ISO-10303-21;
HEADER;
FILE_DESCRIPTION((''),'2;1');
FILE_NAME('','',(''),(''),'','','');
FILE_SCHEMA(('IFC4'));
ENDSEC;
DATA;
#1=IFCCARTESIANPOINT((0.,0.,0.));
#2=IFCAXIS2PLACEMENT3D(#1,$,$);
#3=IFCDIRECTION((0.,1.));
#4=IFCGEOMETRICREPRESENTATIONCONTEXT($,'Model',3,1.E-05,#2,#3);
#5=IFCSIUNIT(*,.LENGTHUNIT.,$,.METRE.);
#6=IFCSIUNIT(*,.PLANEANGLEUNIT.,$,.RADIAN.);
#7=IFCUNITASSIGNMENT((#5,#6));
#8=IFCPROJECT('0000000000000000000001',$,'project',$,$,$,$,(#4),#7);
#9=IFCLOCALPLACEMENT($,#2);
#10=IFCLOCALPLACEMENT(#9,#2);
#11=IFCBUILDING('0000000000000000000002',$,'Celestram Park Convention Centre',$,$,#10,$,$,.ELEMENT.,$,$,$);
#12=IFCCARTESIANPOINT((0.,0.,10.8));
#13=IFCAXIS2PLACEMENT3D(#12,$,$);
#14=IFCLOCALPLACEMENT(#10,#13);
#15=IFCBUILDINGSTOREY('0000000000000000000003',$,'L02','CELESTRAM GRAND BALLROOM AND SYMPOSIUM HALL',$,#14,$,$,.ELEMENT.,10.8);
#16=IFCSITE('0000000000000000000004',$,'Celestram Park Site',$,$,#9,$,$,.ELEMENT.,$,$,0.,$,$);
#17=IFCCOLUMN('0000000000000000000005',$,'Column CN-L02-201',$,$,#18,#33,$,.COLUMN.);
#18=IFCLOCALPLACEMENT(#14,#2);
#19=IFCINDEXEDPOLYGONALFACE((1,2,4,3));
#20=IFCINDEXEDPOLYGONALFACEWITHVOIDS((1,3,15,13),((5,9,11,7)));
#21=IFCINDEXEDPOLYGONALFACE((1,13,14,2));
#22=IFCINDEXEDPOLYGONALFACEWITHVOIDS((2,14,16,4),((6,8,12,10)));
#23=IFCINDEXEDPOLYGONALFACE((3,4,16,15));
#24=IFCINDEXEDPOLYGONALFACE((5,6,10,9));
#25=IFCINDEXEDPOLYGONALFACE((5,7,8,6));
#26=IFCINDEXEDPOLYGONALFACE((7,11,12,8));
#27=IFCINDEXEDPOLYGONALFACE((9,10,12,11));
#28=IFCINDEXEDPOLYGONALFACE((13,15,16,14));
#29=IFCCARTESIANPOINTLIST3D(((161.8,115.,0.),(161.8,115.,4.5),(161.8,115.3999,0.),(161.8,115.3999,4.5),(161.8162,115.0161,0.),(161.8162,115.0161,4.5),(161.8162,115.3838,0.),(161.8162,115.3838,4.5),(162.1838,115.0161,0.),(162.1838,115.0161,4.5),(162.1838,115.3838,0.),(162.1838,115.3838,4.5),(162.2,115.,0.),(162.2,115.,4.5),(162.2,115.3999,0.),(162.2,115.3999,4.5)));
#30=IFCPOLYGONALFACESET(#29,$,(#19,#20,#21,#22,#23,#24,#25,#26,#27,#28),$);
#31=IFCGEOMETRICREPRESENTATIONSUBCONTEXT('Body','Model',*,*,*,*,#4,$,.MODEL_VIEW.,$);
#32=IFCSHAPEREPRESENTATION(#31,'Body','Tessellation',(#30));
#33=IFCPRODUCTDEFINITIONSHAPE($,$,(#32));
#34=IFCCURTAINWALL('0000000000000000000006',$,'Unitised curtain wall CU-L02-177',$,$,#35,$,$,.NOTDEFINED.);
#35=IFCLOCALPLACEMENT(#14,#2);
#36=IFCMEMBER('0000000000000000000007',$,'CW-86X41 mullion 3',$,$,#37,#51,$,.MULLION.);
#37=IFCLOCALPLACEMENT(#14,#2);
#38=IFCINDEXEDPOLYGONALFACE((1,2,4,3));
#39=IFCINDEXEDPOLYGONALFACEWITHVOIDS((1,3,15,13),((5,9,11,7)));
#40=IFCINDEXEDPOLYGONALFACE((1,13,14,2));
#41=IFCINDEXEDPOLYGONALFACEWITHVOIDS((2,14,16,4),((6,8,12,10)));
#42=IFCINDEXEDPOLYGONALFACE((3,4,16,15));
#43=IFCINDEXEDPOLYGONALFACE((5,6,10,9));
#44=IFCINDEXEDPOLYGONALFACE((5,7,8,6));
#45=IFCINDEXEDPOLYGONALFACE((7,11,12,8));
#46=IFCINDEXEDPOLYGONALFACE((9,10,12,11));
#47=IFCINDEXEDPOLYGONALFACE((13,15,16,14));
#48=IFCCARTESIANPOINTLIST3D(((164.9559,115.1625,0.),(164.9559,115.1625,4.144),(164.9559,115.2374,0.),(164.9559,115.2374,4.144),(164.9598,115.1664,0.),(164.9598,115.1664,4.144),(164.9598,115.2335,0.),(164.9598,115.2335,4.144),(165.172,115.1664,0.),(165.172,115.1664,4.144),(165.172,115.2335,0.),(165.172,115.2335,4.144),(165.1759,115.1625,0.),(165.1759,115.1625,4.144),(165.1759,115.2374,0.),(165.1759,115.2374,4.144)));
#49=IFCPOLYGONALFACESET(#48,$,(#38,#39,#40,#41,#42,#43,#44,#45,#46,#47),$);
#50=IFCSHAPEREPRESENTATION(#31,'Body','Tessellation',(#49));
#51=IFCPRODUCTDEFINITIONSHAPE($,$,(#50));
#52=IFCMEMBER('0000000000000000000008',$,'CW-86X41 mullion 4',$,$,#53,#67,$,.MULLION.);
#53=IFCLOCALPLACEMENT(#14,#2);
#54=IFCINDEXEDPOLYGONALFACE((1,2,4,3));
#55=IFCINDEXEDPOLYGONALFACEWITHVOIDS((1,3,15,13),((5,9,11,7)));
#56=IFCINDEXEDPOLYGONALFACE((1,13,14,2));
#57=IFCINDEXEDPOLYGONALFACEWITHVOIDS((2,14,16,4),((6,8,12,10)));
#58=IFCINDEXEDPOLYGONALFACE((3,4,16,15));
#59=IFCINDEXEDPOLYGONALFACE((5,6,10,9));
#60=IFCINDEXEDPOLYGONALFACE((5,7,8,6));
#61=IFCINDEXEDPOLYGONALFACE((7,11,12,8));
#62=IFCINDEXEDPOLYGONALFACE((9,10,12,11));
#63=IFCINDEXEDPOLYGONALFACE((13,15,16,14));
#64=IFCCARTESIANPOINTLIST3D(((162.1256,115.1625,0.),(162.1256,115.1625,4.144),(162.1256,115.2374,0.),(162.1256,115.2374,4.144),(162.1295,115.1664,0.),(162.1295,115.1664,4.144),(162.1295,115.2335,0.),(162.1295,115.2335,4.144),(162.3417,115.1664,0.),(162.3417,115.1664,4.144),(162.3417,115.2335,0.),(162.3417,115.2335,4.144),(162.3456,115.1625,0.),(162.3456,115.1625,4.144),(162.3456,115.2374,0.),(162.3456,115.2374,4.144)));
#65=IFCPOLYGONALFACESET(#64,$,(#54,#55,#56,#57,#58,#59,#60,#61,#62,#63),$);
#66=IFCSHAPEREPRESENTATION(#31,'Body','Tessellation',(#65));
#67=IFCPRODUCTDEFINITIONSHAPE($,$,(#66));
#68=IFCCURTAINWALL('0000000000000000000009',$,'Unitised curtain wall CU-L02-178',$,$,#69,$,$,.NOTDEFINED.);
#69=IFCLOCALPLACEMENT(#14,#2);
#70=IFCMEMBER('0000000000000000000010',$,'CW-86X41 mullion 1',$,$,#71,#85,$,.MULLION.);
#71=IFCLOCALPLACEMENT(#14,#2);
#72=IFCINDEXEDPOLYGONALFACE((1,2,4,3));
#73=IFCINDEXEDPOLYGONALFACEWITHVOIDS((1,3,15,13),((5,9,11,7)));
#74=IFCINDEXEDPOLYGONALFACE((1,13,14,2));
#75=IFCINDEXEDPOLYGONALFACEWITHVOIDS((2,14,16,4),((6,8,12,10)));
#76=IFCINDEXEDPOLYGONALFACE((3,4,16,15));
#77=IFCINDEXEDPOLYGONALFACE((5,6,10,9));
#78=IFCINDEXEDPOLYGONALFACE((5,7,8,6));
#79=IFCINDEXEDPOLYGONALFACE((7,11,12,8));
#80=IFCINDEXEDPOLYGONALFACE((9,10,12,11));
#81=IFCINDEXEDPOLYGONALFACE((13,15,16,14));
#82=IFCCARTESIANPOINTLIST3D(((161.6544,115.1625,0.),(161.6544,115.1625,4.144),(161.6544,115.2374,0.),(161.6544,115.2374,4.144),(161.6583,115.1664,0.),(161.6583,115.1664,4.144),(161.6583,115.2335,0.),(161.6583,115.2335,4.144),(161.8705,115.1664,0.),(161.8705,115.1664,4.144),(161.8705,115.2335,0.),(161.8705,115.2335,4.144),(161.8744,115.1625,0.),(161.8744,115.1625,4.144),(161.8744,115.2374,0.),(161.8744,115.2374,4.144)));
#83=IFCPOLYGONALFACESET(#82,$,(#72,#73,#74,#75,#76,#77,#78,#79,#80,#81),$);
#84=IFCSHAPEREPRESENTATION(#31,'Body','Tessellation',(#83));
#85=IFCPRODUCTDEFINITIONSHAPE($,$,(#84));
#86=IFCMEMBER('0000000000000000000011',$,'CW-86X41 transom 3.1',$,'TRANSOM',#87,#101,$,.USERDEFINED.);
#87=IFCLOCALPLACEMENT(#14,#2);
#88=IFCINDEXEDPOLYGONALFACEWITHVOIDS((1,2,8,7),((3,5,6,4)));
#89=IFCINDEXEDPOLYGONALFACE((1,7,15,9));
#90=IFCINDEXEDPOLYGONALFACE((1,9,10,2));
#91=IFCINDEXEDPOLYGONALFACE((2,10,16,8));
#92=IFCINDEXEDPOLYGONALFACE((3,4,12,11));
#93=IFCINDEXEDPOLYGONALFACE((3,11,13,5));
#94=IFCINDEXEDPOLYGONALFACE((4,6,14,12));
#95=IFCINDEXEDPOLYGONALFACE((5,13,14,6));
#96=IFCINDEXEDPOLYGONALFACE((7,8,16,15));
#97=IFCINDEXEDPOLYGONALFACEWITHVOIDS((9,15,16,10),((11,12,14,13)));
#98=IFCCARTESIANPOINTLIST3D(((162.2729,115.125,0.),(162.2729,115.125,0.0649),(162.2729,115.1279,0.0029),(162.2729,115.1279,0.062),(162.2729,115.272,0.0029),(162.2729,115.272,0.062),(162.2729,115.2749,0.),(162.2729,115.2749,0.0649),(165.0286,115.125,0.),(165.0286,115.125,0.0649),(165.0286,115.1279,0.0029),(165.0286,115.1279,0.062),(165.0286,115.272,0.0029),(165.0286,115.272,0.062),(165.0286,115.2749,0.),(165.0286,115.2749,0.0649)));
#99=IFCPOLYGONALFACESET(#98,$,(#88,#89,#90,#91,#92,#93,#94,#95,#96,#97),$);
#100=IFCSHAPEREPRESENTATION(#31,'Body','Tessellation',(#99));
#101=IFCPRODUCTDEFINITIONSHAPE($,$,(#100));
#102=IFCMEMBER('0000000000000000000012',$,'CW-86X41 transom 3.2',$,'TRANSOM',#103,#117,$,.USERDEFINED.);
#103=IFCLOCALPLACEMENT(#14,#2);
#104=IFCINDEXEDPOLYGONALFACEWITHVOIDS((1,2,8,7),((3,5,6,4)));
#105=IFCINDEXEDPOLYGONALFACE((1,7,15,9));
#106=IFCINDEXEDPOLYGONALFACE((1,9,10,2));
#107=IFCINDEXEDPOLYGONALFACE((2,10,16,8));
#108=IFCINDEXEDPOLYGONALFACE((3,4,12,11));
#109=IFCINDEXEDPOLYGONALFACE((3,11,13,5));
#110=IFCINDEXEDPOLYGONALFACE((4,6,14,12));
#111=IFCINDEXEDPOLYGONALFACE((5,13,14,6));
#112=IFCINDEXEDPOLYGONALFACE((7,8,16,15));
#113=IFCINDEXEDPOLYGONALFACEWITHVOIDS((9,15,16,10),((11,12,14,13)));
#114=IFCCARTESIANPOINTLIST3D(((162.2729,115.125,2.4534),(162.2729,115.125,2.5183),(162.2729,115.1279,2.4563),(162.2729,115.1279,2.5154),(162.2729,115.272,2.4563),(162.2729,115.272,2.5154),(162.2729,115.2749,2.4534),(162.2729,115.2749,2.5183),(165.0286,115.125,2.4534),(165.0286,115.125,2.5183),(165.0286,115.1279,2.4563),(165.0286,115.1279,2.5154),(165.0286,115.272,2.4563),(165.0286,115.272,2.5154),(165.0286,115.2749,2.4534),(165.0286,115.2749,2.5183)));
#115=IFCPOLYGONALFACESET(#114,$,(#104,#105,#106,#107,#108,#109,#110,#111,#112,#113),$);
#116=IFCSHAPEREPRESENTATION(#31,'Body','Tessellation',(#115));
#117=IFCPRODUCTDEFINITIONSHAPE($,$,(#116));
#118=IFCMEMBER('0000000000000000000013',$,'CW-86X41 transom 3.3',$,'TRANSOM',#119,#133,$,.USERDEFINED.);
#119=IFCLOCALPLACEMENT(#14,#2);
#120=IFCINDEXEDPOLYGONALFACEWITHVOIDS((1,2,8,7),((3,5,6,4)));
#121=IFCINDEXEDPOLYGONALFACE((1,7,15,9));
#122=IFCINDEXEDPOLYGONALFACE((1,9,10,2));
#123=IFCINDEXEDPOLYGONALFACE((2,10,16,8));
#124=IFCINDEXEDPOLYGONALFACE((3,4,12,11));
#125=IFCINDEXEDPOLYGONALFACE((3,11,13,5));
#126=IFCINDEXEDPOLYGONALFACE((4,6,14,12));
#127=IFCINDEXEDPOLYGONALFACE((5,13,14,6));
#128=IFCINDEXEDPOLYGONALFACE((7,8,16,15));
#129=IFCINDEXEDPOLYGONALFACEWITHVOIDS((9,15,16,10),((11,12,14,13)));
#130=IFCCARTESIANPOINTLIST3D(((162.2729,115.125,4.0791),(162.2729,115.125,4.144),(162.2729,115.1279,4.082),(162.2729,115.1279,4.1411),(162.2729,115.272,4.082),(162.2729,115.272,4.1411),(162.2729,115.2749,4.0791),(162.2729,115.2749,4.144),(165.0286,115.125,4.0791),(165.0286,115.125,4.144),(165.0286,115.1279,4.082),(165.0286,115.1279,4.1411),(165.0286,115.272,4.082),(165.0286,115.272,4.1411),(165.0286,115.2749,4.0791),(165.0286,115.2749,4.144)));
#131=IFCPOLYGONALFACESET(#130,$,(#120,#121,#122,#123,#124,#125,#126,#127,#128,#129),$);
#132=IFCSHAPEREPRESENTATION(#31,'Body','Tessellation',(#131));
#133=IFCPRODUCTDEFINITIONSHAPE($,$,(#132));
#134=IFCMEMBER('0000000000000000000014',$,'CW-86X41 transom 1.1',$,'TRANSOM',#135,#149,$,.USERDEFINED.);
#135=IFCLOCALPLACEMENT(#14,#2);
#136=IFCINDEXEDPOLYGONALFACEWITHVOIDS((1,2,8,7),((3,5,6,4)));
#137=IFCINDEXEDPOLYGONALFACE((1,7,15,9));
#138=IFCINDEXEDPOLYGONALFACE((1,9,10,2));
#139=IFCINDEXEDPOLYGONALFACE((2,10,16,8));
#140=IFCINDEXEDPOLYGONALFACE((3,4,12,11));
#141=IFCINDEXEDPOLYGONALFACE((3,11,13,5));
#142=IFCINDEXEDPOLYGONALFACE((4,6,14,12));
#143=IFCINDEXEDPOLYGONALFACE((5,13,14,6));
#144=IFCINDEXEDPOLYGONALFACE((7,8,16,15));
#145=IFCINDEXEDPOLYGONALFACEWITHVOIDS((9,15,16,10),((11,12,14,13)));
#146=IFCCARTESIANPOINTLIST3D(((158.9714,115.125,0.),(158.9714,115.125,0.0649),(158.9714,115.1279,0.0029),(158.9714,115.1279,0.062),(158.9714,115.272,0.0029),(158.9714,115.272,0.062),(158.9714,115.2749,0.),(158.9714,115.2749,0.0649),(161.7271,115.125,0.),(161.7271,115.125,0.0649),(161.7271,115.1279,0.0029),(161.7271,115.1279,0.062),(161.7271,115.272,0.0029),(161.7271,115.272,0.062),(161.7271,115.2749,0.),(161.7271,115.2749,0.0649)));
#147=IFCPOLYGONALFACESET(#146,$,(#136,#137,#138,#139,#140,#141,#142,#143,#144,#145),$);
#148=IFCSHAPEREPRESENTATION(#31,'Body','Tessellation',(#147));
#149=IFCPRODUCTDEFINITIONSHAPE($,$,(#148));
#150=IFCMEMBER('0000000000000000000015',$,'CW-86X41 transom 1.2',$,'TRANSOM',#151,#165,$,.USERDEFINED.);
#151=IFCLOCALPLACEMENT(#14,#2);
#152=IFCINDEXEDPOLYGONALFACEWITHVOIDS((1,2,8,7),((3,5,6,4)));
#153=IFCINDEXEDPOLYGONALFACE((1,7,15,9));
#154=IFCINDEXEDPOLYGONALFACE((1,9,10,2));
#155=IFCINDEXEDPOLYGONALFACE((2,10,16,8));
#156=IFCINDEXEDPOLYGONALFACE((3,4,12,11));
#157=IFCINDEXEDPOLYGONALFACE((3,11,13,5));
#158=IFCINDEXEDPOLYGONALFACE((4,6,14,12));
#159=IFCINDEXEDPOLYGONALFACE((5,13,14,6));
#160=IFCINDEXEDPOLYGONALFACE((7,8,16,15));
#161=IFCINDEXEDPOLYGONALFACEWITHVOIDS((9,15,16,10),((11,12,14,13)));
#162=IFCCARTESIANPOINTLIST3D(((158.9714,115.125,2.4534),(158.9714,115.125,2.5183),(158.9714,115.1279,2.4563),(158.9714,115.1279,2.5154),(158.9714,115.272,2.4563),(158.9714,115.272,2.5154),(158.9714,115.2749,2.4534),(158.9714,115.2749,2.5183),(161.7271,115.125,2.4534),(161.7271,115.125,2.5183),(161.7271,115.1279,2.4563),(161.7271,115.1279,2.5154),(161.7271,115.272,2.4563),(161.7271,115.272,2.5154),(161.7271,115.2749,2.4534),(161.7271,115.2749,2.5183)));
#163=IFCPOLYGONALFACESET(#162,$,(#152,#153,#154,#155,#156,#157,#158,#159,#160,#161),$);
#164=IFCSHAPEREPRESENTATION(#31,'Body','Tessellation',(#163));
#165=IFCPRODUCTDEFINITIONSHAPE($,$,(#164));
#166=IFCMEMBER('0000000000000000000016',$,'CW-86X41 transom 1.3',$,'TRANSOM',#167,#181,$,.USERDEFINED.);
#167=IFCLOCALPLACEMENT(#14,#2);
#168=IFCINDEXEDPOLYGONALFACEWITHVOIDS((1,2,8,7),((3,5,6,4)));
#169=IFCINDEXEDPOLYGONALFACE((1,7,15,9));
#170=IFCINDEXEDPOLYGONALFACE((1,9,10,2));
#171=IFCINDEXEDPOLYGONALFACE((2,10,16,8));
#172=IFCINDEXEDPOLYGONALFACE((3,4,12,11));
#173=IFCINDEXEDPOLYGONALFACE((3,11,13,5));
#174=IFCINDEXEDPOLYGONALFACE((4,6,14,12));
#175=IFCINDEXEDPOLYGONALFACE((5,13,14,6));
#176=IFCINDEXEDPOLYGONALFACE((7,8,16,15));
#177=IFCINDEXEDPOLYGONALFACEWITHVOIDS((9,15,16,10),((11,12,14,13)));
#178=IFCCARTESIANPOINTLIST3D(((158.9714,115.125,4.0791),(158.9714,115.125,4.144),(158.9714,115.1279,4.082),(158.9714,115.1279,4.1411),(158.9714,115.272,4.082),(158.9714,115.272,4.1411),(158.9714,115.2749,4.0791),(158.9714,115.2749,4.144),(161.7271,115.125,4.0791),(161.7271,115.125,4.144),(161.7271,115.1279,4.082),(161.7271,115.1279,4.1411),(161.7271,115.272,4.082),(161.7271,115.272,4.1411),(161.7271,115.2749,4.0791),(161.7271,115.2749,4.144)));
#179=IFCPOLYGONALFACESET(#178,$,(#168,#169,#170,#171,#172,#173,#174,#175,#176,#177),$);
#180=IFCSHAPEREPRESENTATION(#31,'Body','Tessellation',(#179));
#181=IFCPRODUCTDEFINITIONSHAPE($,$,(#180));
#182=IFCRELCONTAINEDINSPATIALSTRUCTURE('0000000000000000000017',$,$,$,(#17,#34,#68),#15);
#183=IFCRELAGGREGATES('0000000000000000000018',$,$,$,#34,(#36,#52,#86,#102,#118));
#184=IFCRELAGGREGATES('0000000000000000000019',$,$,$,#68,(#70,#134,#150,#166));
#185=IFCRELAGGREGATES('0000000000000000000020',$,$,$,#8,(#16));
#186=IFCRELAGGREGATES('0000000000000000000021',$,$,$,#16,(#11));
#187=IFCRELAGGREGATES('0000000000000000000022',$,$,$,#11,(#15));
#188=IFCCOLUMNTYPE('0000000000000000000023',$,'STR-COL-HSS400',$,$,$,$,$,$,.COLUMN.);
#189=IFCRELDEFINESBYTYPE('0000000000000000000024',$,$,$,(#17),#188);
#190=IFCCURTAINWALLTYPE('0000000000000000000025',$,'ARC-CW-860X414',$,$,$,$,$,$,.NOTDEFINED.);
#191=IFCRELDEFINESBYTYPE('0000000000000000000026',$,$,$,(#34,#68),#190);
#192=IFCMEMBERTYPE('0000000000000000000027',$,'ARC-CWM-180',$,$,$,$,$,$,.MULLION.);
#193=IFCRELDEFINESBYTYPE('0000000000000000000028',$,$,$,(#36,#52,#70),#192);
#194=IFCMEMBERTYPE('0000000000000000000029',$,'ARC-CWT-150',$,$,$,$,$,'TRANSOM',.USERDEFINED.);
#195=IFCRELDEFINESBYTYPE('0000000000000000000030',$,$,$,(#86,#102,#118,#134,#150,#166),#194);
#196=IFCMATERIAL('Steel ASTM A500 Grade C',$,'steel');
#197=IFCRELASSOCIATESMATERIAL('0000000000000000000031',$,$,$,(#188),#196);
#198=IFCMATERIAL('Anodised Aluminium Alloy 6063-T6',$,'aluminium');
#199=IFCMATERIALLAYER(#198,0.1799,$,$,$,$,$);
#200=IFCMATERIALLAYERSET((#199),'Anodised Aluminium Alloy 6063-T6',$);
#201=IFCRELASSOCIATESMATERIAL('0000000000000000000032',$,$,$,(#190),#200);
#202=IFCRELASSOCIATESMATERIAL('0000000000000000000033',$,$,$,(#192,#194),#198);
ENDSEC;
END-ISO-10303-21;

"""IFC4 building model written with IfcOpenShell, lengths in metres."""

from ifc_helpers import new_model, si_unit, direction, frame, origin, origin_2d, place, context, subcontext, project, spatial, hollow_rectangle, extrude, material, layer, layer_set, material_profile, profile_set, type_object, element, aggregate, save


model = new_model("IFC4")

# Units and contexts
model_context = context("Model", 3, precision=1e-05, world=origin(), true_north=direction((0.0, 1.0)))
body_context = subcontext(model_context, "Body", "Model", "MODEL_VIEW")
ifc_project = project(units=[si_unit("LENGTHUNIT", "METRE"), si_unit("PLANEANGLEUNIT", "RADIAN")], contexts=[model_context])

# Site, building, storey
site_placement = place(None, origin())
site = spatial("IfcSite", under=ifc_project, at=site_placement, Name="Celestram Park Site", CompositionType="ELEMENT", RefElevation=0.0)
building_placement = place(site_placement, origin())
building = spatial("IfcBuilding", under=site, at=building_placement, Name="Celestram Park Convention Centre", CompositionType="ELEMENT")
storey_placement = place(building_placement, frame((0.0, 0.0, 10.8)))
storey = spatial("IfcBuildingStorey", under=building, at=storey_placement, Name="L02", Description="CELESTRAM GRAND BALLROOM AND SYMPOSIUM HALL", CompositionType="ELEMENT", Elevation=10.8)

# Column
ifc_material_1 = material(Name="Steel ASTM A500 Grade C", Category="steel")
ifc_material_profile_1 = material_profile(ifc_material_1, hollow_rectangle(XDim=0.3999, YDim=0.3999, WallThickness=0.0161, at=origin_2d()), Name="HSS400X400X16")
ifc_profile_set_1 = profile_set([ifc_material_profile_1], Name="Steel ASTM A500 Grade C")
column_type = type_object("IfcColumnType", Name="STR-COL-HSS400", PredefinedType="COLUMN", material=ifc_profile_set_1)
column_placement = place(storey_placement, frame((162.0, 115.2, 0.0), z_axis=(0.0, 0.0, 1.0), x_axis=(1.0, 0.0, 0.0)))
element("IfcColumn", 1, at=column_placement, inside=storey, type_object=column_type, Name="Column CN-L02-201", PredefinedType="COLUMN", context=body_context, shape_type="SweptSolid", body=[
    extrude(hollow_rectangle(XDim=0.3999, YDim=0.3999, WallThickness=0.0161, at=origin_2d()), origin(), (0.0, 0.0, 1.0), 4.5),
])

# Curtain wall, members
ifc_material_2 = material(Name="Anodised Aluminium Alloy 6063-T6", Category="aluminium")
ifc_layer_1 = layer(ifc_material_2, 0.1799)
ifc_layer_set_1 = layer_set([ifc_layer_1], Name="Anodised Aluminium Alloy 6063-T6")
curtain_wall_type = type_object("IfcCurtainWallType", Name="ARC-CW-860X414", PredefinedType="NOTDEFINED", material=ifc_layer_set_1)
curtain_wall_1_placement = place(storey_placement, origin())
curtain_wall_1 = element("IfcCurtainWall", 2, at=curtain_wall_1_placement, inside=storey, type_object=curtain_wall_type, Name="Unitised curtain wall CU-L02-177", PredefinedType="NOTDEFINED")
ifc_material_profile_2 = material_profile(ifc_material_2, hollow_rectangle(XDim=0.075, YDim=0.22, WallThickness=0.0039, at=origin_2d()), Name="ALU75X220X4")
ifc_profile_set_2 = profile_set([ifc_material_profile_2], Name="Anodised Aluminium Alloy 6063-T6")
member_type_1 = type_object("IfcMemberType", Name="ARC-CWM-180", PredefinedType="MULLION", material=ifc_profile_set_2)
member_1_placement = place(storey_placement, frame((165.0659, 115.2, 0.0), z_axis=(0.0, 0.0, 1.0), x_axis=(0.0, -1.0, 0.0)))
member_1 = element("IfcMember", 3, at=member_1_placement, type_object=member_type_1, Name="CW-86X41 mullion 3", PredefinedType="MULLION", context=body_context, shape_type="SweptSolid", body=[
    extrude(hollow_rectangle(XDim=0.075, YDim=0.22, WallThickness=0.0039, at=origin_2d()), origin(), (0.0, 0.0, 1.0), 4.144),
])
member_2_placement = place(storey_placement, frame((162.2356, 115.2, 0.0), z_axis=(0.0, 0.0, 1.0), x_axis=(0.0, -1.0, 0.0)))
member_2 = element("IfcMember", 4, at=member_2_placement, type_object=member_type_1, Name="CW-86X41 mullion 4", PredefinedType="MULLION", context=body_context, shape_type="SweptSolid", body=[
    extrude(hollow_rectangle(XDim=0.075, YDim=0.22, WallThickness=0.0039, at=origin_2d()), origin(), (0.0, 0.0, 1.0), 4.144),
])

# Curtain wall, member
curtain_wall_2_placement = place(storey_placement, origin())
curtain_wall_2 = element("IfcCurtainWall", 5, at=curtain_wall_2_placement, inside=storey, type_object=curtain_wall_type, Name="Unitised curtain wall CU-L02-178", PredefinedType="NOTDEFINED")
member_3_placement = place(storey_placement, frame((161.7644, 115.2, 0.0), z_axis=(0.0, 0.0, 1.0), x_axis=(0.0, -1.0, 0.0)))
member_3 = element("IfcMember", 6, at=member_3_placement, type_object=member_type_1, Name="CW-86X41 mullion 1", PredefinedType="MULLION", context=body_context, shape_type="SweptSolid", body=[
    extrude(hollow_rectangle(XDim=0.075, YDim=0.22, WallThickness=0.0039, at=origin_2d()), origin(), (0.0, 0.0, 1.0), 4.144),
])

# Members
ifc_material_profile_3 = material_profile(ifc_material_2, hollow_rectangle(XDim=0.1499, YDim=0.0649, WallThickness=0.0029, at=origin_2d()), Name="ALU150X65X3")
ifc_profile_set_3 = profile_set([ifc_material_profile_3], Name="Anodised Aluminium Alloy 6063-T6")
member_type_2 = type_object("IfcMemberType", Name="ARC-CWT-150", ElementType="TRANSOM", PredefinedType="USERDEFINED", material=ifc_profile_set_3)
member_4_placement = place(storey_placement, frame((165.0286, 115.2, 0.0325), z_axis=(-1.0, 0.0, 0.0), x_axis=(0.0, -1.0, 0.0)))
member_4 = element("IfcMember", 7, at=member_4_placement, type_object=member_type_2, Name="CW-86X41 transom 3.1", ObjectType="TRANSOM", PredefinedType="USERDEFINED", context=body_context, shape_type="SweptSolid", body=[
    extrude(hollow_rectangle(XDim=0.1499, YDim=0.0649, WallThickness=0.0029, at=origin_2d()), origin(), (0.0, 0.0, 1.0), 2.7556),
])
member_5_placement = place(storey_placement, frame((165.0286, 115.2, 2.4858), z_axis=(-1.0, 0.0, 0.0), x_axis=(0.0, -1.0, 0.0)))
member_5 = element("IfcMember", 8, at=member_5_placement, type_object=member_type_2, Name="CW-86X41 transom 3.2", ObjectType="TRANSOM", PredefinedType="USERDEFINED", context=body_context, shape_type="SweptSolid", body=[
    extrude(hollow_rectangle(XDim=0.1499, YDim=0.0649, WallThickness=0.0029, at=origin_2d()), origin(), (0.0, 0.0, 1.0), 2.7556),
])
member_6_placement = place(storey_placement, frame((165.0286, 115.2, 4.1116), z_axis=(-1.0, 0.0, 0.0), x_axis=(0.0, -1.0, 0.0)))
member_6 = element("IfcMember", 9, at=member_6_placement, type_object=member_type_2, Name="CW-86X41 transom 3.3", ObjectType="TRANSOM", PredefinedType="USERDEFINED", context=body_context, shape_type="SweptSolid", body=[
    extrude(hollow_rectangle(XDim=0.1499, YDim=0.0649, WallThickness=0.0029, at=origin_2d()), origin(), (0.0, 0.0, 1.0), 2.7556),
])
member_7_placement = place(storey_placement, frame((161.7271, 115.2, 0.0325), z_axis=(-1.0, 0.0, 0.0), x_axis=(0.0, -1.0, 0.0)))
member_7 = element("IfcMember", 10, at=member_7_placement, type_object=member_type_2, Name="CW-86X41 transom 1.1", ObjectType="TRANSOM", PredefinedType="USERDEFINED", context=body_context, shape_type="SweptSolid", body=[
    extrude(hollow_rectangle(XDim=0.1499, YDim=0.0649, WallThickness=0.0029, at=origin_2d()), origin(), (0.0, 0.0, 1.0), 2.7556),
])
member_8_placement = place(storey_placement, frame((161.7271, 115.2, 2.4858), z_axis=(-1.0, 0.0, 0.0), x_axis=(0.0, -1.0, 0.0)))
member_8 = element("IfcMember", 11, at=member_8_placement, type_object=member_type_2, Name="CW-86X41 transom 1.2", ObjectType="TRANSOM", PredefinedType="USERDEFINED", context=body_context, shape_type="SweptSolid", body=[
    extrude(hollow_rectangle(XDim=0.1499, YDim=0.0649, WallThickness=0.0029, at=origin_2d()), origin(), (0.0, 0.0, 1.0), 2.7556),
])
member_9_placement = place(storey_placement, frame((161.7271, 115.2, 4.1116), z_axis=(-1.0, 0.0, 0.0), x_axis=(0.0, -1.0, 0.0)))
member_9 = element("IfcMember", 12, at=member_9_placement, type_object=member_type_2, Name="CW-86X41 transom 1.3", ObjectType="TRANSOM", PredefinedType="USERDEFINED", context=body_context, shape_type="SweptSolid", body=[
    extrude(hollow_rectangle(XDim=0.1499, YDim=0.0649, WallThickness=0.0029, at=origin_2d()), origin(), (0.0, 0.0, 1.0), 2.7556),
])

aggregate(curtain_wall_1, [member_1, member_2, member_4, member_5, member_6])
aggregate(curtain_wall_2, [member_3, member_7, member_8, member_9])

save(model, "model.ifc")
